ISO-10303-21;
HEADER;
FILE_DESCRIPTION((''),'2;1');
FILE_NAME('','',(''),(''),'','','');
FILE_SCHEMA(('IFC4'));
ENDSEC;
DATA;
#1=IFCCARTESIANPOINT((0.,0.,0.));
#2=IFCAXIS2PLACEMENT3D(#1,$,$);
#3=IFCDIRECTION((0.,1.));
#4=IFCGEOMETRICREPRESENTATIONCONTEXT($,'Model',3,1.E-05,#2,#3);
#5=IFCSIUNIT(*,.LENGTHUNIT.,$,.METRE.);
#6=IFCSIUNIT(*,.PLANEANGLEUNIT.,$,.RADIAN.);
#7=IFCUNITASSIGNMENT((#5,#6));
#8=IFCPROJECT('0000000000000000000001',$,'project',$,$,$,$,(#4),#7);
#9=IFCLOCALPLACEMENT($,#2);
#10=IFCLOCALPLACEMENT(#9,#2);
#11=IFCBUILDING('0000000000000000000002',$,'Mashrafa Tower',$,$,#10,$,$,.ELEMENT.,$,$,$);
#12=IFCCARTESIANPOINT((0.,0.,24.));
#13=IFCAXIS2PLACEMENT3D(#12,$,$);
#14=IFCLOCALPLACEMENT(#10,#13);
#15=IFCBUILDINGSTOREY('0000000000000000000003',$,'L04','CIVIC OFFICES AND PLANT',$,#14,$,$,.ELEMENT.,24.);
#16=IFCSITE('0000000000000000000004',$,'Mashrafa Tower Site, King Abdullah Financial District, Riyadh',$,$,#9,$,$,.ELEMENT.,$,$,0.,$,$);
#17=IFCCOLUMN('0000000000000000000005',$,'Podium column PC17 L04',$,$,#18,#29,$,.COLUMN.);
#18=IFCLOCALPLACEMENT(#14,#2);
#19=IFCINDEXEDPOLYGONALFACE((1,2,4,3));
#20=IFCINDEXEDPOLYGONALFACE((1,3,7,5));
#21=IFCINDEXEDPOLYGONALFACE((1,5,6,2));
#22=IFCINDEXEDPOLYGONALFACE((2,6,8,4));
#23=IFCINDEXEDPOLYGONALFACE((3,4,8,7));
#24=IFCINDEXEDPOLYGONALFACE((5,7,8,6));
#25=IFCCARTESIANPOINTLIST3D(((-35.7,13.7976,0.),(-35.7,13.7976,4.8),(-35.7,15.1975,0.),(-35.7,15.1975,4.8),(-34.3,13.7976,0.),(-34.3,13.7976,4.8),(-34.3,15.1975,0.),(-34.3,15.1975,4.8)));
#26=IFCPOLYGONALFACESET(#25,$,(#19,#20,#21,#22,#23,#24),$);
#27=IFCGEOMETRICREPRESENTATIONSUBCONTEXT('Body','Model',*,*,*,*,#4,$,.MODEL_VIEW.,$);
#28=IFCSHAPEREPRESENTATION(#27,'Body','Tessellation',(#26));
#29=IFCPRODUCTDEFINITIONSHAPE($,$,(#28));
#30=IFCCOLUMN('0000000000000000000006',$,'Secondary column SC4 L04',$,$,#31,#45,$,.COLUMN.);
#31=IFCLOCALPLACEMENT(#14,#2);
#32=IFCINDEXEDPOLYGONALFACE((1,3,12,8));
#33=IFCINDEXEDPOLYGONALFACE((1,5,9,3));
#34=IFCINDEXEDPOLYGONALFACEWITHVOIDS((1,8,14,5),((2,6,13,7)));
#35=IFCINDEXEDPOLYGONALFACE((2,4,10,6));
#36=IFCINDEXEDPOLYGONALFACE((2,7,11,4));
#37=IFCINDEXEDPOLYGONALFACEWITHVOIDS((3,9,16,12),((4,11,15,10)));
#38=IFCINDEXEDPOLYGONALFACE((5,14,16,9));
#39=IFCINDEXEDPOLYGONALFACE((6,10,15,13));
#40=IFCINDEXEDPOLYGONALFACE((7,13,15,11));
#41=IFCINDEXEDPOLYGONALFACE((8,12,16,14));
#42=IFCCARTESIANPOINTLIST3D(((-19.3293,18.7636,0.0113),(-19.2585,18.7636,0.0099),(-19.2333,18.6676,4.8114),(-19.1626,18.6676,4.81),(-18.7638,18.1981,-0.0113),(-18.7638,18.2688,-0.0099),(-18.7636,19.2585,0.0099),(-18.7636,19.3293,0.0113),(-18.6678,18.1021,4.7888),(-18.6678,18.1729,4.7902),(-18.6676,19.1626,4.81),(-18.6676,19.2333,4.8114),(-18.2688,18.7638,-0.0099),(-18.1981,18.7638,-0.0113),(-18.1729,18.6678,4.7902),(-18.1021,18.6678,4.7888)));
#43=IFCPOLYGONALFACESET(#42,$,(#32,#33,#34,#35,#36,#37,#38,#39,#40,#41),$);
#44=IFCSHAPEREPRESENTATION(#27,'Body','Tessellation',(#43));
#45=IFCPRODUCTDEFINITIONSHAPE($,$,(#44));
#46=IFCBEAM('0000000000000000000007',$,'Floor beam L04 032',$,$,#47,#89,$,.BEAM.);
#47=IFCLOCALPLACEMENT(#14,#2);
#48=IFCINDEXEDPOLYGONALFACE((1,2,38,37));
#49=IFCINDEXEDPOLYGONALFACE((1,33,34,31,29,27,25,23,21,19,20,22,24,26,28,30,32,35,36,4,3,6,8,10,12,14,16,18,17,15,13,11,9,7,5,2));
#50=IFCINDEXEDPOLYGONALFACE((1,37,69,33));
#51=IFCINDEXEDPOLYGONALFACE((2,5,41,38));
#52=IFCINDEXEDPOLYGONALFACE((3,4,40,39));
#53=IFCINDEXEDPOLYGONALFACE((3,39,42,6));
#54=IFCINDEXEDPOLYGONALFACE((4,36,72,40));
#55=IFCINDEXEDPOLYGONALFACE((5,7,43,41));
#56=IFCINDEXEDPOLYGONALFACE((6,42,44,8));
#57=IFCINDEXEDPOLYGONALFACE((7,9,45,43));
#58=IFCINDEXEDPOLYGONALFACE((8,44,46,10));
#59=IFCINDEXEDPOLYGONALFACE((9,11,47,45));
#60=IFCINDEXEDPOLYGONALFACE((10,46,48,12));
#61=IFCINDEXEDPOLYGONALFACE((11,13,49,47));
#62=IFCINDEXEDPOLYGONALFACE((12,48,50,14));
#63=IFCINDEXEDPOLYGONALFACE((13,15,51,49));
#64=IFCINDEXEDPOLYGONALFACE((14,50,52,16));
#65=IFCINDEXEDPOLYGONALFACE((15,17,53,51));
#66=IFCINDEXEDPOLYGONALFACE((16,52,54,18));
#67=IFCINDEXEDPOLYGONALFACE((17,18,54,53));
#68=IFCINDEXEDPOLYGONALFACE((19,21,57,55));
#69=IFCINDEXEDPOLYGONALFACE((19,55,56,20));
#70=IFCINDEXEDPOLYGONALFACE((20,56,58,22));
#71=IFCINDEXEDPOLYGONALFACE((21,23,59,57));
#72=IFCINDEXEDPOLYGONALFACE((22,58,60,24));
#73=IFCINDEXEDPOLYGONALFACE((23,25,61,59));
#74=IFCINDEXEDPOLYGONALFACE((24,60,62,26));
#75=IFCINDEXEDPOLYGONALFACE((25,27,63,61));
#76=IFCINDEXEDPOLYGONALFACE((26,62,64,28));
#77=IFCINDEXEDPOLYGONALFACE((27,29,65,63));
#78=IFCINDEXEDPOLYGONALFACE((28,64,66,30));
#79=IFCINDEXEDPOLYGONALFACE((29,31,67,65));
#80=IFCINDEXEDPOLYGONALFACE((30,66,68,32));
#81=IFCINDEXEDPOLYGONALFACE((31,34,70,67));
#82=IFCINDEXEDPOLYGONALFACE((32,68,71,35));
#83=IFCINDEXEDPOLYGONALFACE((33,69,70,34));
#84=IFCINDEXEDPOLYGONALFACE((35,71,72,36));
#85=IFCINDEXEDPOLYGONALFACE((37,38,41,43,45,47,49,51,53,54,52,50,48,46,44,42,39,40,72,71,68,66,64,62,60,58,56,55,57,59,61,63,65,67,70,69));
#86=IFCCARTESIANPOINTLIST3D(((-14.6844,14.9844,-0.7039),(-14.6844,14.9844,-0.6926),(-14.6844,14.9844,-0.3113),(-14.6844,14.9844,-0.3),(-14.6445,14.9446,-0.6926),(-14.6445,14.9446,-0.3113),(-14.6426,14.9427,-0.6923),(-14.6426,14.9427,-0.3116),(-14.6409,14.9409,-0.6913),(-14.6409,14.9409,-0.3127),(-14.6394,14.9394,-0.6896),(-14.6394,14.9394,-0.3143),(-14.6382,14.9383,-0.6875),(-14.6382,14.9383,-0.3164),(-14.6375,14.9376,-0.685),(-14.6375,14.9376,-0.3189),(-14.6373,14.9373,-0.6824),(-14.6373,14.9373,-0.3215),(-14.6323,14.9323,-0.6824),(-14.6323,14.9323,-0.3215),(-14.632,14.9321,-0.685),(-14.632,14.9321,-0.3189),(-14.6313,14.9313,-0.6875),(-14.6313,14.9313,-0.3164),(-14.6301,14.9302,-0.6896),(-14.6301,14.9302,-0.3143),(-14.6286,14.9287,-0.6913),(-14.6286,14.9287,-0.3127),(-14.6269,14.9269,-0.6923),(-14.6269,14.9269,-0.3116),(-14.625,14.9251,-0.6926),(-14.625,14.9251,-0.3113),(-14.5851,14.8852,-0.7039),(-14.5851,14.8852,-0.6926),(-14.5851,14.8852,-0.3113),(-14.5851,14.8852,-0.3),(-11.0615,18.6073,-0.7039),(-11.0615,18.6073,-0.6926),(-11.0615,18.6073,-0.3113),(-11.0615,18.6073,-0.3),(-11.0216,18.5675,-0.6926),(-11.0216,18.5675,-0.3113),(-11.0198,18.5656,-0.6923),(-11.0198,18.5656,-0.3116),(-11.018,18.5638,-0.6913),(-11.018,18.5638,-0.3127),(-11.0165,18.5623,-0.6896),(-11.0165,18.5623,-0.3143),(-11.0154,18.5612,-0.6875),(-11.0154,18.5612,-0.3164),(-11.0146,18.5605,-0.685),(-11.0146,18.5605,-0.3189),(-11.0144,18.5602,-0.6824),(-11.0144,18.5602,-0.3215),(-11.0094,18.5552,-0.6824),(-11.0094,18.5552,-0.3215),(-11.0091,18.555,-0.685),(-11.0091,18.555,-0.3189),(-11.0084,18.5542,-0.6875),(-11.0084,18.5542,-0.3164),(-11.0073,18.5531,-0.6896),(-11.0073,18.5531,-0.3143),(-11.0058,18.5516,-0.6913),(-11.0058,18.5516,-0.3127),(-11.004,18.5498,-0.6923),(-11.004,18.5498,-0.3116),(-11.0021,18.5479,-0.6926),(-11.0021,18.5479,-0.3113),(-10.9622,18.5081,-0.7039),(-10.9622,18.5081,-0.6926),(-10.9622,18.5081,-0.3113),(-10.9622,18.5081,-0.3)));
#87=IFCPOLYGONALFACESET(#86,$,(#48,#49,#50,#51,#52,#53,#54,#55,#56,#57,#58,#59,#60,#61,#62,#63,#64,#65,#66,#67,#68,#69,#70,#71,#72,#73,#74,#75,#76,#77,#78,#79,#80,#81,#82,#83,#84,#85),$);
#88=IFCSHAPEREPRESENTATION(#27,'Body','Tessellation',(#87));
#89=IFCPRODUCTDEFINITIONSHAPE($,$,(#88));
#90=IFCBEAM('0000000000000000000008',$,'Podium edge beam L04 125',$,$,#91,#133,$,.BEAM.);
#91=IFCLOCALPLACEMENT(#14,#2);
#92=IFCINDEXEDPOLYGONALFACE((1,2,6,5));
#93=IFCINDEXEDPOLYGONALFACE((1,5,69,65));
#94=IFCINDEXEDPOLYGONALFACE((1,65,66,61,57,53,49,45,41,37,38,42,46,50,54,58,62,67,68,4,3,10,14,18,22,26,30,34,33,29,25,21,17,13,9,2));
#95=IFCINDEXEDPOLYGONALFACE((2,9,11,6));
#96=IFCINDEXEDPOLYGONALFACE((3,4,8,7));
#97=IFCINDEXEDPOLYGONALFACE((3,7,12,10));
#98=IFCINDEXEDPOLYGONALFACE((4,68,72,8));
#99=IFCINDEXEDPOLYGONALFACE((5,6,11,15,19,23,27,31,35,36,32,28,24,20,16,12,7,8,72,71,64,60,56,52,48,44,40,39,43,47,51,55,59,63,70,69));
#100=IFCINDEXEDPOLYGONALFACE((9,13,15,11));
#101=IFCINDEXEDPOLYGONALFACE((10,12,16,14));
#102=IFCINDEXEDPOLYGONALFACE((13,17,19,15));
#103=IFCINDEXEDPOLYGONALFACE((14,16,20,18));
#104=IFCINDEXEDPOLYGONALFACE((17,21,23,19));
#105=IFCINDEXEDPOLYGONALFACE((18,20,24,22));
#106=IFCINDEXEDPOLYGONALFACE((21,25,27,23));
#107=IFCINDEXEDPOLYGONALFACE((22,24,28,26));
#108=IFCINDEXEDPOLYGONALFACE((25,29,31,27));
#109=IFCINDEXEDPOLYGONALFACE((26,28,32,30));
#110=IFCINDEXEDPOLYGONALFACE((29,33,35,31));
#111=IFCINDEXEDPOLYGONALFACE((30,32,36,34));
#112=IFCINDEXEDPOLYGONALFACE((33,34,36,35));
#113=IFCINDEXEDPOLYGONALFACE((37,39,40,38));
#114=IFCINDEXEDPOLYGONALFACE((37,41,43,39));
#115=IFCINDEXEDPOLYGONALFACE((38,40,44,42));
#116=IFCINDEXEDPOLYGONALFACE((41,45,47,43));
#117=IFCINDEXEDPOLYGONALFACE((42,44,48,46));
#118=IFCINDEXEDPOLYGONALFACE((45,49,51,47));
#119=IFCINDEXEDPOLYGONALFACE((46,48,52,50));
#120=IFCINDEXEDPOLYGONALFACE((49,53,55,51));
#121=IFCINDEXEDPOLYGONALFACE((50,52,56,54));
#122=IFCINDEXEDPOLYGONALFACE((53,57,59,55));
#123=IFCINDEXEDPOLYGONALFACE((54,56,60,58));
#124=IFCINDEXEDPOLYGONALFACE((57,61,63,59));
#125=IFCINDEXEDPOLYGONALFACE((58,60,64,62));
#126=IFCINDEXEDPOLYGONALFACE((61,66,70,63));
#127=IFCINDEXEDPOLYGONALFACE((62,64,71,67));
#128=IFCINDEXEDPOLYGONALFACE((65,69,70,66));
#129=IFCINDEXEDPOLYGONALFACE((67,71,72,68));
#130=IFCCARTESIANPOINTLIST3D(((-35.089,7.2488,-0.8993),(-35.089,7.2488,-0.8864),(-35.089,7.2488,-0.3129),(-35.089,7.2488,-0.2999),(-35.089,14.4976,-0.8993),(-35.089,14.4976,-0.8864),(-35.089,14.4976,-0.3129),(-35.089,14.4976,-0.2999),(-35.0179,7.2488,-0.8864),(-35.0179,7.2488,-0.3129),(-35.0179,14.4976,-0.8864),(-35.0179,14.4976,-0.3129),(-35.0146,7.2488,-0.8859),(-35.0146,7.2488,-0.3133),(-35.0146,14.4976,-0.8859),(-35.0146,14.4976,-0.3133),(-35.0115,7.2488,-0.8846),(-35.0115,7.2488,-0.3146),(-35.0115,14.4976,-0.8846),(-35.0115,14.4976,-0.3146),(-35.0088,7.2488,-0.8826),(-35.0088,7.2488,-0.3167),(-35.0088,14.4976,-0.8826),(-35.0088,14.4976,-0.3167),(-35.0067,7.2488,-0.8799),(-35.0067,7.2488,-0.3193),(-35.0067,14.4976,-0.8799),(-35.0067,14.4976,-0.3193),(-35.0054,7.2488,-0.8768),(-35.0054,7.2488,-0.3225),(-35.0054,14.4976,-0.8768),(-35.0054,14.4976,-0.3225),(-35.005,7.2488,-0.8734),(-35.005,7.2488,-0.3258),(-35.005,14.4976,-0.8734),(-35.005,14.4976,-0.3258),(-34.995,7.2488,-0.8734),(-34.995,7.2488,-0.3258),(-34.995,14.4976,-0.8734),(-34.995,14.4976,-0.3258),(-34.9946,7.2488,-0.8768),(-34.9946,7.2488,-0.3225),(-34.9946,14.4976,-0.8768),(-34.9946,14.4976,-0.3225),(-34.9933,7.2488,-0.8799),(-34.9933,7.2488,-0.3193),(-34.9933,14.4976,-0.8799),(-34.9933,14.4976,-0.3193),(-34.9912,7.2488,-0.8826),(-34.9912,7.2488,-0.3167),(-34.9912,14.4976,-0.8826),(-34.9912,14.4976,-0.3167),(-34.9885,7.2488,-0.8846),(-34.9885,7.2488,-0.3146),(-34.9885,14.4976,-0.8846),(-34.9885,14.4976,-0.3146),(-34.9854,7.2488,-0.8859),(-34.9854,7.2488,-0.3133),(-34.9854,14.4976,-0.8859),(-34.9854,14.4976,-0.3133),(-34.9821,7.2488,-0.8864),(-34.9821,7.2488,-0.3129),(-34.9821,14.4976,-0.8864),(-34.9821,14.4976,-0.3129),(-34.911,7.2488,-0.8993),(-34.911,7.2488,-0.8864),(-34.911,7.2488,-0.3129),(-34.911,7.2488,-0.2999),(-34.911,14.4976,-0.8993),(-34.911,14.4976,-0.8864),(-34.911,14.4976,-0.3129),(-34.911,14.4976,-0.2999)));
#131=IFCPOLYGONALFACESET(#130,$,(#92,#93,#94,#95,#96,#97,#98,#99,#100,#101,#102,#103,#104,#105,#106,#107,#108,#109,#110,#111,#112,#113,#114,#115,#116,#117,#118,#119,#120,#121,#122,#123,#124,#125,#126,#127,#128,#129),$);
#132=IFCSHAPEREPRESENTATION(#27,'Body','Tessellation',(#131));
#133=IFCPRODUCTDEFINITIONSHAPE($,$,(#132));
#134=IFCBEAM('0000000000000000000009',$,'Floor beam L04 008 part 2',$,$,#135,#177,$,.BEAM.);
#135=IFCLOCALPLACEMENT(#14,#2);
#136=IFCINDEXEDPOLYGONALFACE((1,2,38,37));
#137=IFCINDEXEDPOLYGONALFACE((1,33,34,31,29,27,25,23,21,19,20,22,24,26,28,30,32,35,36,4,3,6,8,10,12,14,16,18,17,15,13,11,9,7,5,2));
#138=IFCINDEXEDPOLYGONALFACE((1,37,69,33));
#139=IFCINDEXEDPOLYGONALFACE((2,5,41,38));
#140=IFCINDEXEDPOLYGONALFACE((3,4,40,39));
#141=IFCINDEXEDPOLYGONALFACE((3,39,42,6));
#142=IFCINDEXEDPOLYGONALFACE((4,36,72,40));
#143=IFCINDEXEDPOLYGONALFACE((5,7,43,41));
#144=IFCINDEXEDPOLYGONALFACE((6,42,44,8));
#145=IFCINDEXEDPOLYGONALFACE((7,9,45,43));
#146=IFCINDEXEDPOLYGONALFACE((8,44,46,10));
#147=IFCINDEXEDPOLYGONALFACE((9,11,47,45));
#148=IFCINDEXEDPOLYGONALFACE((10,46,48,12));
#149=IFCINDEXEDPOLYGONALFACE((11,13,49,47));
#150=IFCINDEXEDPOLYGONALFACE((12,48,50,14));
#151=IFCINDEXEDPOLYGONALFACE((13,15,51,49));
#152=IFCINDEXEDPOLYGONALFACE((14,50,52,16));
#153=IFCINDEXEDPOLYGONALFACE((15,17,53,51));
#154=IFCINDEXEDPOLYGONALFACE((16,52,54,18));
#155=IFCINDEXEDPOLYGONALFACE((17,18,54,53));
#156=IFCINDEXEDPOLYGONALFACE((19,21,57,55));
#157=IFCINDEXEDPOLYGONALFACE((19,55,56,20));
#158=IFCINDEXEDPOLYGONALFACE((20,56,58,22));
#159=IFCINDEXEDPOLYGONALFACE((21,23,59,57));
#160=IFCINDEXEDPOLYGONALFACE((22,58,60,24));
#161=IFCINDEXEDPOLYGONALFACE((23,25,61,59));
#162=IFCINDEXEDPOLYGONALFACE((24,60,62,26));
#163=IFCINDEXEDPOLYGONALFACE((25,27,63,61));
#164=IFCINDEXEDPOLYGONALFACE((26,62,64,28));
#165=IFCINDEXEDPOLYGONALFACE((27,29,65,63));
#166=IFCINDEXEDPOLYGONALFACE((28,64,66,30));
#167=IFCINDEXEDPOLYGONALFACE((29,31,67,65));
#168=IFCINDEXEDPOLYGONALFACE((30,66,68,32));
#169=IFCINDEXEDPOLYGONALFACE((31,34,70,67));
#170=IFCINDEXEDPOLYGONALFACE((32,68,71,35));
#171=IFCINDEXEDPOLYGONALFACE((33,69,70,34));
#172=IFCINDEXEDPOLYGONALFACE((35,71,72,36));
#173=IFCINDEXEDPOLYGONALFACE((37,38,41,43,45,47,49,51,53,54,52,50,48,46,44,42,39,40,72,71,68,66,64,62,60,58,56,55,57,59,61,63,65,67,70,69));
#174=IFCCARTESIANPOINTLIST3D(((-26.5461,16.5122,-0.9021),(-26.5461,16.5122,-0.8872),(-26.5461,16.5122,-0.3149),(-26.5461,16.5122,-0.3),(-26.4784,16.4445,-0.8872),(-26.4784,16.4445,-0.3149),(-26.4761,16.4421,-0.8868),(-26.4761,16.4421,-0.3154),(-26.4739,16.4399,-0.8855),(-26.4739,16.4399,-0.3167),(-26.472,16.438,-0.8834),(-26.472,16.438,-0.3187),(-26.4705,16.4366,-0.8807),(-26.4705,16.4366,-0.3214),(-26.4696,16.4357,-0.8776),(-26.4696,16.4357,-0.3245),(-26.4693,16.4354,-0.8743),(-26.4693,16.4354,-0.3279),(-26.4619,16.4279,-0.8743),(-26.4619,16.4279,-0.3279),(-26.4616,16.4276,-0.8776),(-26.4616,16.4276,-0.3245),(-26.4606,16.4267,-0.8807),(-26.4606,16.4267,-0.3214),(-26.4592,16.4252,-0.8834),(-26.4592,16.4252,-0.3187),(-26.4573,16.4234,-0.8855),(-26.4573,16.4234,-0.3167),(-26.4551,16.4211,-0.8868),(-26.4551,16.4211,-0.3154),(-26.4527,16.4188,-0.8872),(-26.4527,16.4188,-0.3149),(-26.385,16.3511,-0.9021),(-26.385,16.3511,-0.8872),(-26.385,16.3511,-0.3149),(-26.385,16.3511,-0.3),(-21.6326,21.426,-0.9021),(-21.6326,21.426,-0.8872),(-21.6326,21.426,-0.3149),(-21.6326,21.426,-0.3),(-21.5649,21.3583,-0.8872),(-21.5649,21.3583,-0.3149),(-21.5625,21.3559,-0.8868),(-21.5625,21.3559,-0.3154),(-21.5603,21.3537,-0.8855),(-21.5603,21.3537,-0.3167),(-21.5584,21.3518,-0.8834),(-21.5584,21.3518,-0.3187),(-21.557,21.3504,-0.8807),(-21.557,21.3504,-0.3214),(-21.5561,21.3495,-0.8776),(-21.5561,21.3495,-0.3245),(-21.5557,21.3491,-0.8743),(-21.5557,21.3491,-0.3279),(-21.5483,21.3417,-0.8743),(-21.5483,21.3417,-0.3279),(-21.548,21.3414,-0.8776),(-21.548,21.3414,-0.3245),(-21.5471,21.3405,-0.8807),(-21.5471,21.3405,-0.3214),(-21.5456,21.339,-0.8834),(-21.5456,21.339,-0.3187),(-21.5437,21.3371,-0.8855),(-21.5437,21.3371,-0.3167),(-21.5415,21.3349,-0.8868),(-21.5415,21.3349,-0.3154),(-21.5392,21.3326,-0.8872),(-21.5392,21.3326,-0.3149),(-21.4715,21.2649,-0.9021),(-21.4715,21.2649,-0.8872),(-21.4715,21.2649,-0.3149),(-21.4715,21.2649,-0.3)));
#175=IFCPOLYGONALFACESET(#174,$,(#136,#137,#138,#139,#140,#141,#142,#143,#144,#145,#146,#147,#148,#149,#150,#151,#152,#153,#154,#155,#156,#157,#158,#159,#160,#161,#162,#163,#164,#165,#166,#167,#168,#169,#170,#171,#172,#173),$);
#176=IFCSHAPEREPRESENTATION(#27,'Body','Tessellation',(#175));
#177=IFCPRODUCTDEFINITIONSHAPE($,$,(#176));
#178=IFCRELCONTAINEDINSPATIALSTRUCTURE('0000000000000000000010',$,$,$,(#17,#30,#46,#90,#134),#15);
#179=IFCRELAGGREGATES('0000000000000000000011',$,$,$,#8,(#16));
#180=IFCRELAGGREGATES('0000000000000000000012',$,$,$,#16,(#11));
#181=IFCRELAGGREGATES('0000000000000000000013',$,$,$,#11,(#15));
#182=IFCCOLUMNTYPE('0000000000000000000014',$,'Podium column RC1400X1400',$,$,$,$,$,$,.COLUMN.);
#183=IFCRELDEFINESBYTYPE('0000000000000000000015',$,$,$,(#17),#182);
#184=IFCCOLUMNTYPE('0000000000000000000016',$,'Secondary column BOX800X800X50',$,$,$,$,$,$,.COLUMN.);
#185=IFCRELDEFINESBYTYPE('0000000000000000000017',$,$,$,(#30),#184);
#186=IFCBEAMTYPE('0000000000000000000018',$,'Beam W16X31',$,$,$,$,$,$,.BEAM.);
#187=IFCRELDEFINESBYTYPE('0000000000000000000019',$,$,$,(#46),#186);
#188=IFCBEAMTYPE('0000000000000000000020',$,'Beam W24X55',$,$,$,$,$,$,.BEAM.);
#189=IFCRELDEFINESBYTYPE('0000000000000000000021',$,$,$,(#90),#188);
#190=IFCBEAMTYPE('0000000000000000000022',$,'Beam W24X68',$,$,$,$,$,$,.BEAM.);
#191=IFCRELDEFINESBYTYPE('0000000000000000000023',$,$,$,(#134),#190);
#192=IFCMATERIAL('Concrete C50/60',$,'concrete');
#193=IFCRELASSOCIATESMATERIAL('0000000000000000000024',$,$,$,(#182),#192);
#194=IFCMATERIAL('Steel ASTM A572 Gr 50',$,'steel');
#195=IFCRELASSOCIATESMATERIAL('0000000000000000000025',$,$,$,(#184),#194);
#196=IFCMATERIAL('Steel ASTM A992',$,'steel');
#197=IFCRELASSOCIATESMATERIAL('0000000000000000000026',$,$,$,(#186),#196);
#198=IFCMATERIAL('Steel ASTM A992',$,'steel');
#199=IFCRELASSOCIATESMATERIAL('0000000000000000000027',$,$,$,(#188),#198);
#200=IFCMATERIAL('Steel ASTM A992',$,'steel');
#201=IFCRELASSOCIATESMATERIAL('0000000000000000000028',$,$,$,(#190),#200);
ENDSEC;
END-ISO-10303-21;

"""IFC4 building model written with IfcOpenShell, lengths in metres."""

from ifc_helpers import new_model, si_unit, direction, frame, origin, origin_2d, place, context, subcontext, project, spatial, rectangle, hollow_rectangle, i_section, extrude, material, material_profile, profile_set, type_object, element, save


model = new_model("IFC4")

# Units and contexts
model_context = context("Model", 3, precision=1e-05, world=origin(), true_north=direction((0.0, 1.0)))
body_context = subcontext(model_context, "Body", "Model", "MODEL_VIEW")
ifc_project = project(units=[si_unit("LENGTHUNIT", "METRE"), si_unit("PLANEANGLEUNIT", "RADIAN")], contexts=[model_context])

# Site, building, storey
site_placement = place(None, origin())
site = spatial("IfcSite", under=ifc_project, at=site_placement, Name="Mashrafa Tower Site, King Abdullah Financial District, Riyadh", CompositionType="ELEMENT", RefElevation=0.0)
building_placement = place(site_placement, origin())
building = spatial("IfcBuilding", under=site, at=building_placement, Name="Mashrafa Tower", CompositionType="ELEMENT")
storey_placement = place(building_placement, frame((0.0, 0.0, 24.0)))
storey = spatial("IfcBuildingStorey", under=building, at=storey_placement, Name="L04", Description="CIVIC OFFICES AND PLANT", CompositionType="ELEMENT", Elevation=24.0)

# Columns
ifc_material_1 = material(Name="Concrete C50/60", Category="concrete")
ifc_material_profile_1 = material_profile(ifc_material_1, rectangle(XDim=1.3999, YDim=1.3999, at=origin_2d()), Name="RC1400X1400")
ifc_profile_set_1 = profile_set([ifc_material_profile_1], Name="Concrete C50/60")
column_type_1 = type_object("IfcColumnType", Name="Podium column RC1400X1400", PredefinedType="COLUMN", material=ifc_profile_set_1)
column_1_placement = place(storey_placement, frame((-35.0, 14.4976, 0.0), z_axis=(0.0, 0.0, 1.0), x_axis=(1.0, 0.0, 0.0)))
element("IfcColumn", 1, at=column_1_placement, inside=storey, type_object=column_type_1, Name="Podium column PC17 L04", PredefinedType="COLUMN", context=body_context, shape_type="SweptSolid", body=[
    extrude(rectangle(XDim=1.3999, YDim=1.3999, at=origin_2d()), origin(), (0.0, 0.0, 1.0), 4.8),
])
ifc_material_2 = material(Name="Steel ASTM A572 Gr 50", Category="steel")
ifc_material_profile_2 = material_profile(ifc_material_2, hollow_rectangle(XDim=0.8, YDim=0.8, WallThickness=0.05, at=origin_2d()), Name="BOX800X800X50")
ifc_profile_set_2 = profile_set([ifc_material_profile_2], Name="Steel ASTM A572 Gr 50")
column_type_2 = type_object("IfcColumnType", Name="Secondary column BOX800X800X50", PredefinedType="COLUMN", material=ifc_profile_set_2)
column_2_placement = place(storey_placement, frame((-18.7637, 18.7637, 0.0), z_axis=(0.019981, -0.019981, 0.999601), x_axis=(0.707107, 0.707107, 0.0)))
element("IfcColumn", 2, at=column_2_placement, inside=storey, type_object=column_type_2, Name="Secondary column SC4 L04", PredefinedType="COLUMN", context=body_context, shape_type="SweptSolid", body=[
    extrude(hollow_rectangle(XDim=0.8, YDim=0.8, WallThickness=0.05, at=origin_2d()), origin(), (0.0, 0.0, 1.0), 4.802),
])

# Beams
ifc_material_3 = material(Name="Steel ASTM A992", Category="steel")
ifc_material_profile_3 = material_profile(ifc_material_3, i_section(OverallWidth=0.1404, OverallDepth=0.4038, WebThickness=0.0071, FlangeThickness=0.0112, FilletRadius=0.0103, at=origin_2d()), Name="W16X31")
ifc_profile_set_3 = profile_set([ifc_material_profile_3], Name="Steel ASTM A992")
beam_type_1 = type_object("IfcBeamType", Name="Beam W16X31", PredefinedType="BEAM", material=ifc_profile_set_3)
beam_1_placement = place(storey_placement, frame((-14.6348, 14.9348, -0.502), z_axis=(0.707107, 0.707107, 0.0), x_axis=(-0.707107, 0.707107, 0.0)))
element("IfcBeam", 3, at=beam_1_placement, inside=storey, type_object=beam_type_1, Name="Floor beam L04 032", PredefinedType="BEAM", context=body_context, shape_type="SweptSolid", body=[
    extrude(i_section(OverallWidth=0.1404, OverallDepth=0.4038, WebThickness=0.0071, FlangeThickness=0.0112, FilletRadius=0.0103, at=origin_2d()), origin(), (0.0, 0.0, 1.0), 5.1235),
])
ifc_material_4 = material(Name="Steel ASTM A992", Category="steel")
ifc_material_profile_4 = material_profile(ifc_material_4, i_section(OverallWidth=0.178, OverallDepth=0.5994, WebThickness=0.01, FlangeThickness=0.0129, FilletRadius=0.0129, at=origin_2d()), Name="W24X55")
ifc_profile_set_4 = profile_set([ifc_material_profile_4], Name="Steel ASTM A992")
beam_type_2 = type_object("IfcBeamType", Name="Beam W24X55", PredefinedType="BEAM", material=ifc_profile_set_4)
beam_2_placement = place(storey_placement, frame((-35.0, 14.4976, -0.5996), z_axis=(0.0, -1.0, 0.0), x_axis=(1.0, 0.0, 0.0)))
element("IfcBeam", 4, at=beam_2_placement, inside=storey, type_object=beam_type_2, Name="Podium edge beam L04 125", PredefinedType="BEAM", context=body_context, shape_type="SweptSolid", body=[
    extrude(i_section(OverallWidth=0.178, OverallDepth=0.5994, WebThickness=0.01, FlangeThickness=0.0129, FilletRadius=0.0129, at=origin_2d()), origin(), (0.0, 0.0, 1.0), 7.2488),
])
ifc_material_5 = material(Name="Steel ASTM A992", Category="steel")
ifc_material_profile_5 = material_profile(ifc_material_5, i_section(OverallWidth=0.2278, OverallDepth=0.6021, WebThickness=0.0105, FlangeThickness=0.0149, FilletRadius=0.0129, at=origin_2d()), Name="W24X68")
ifc_profile_set_5 = profile_set([ifc_material_profile_5], Name="Steel ASTM A992")
beam_type_3 = type_object("IfcBeamType", Name="Beam W24X68", PredefinedType="BEAM", material=ifc_profile_set_5)
beam_3_placement = place(storey_placement, frame((-26.4656, 16.4316, -0.6011), z_axis=(0.707089, 0.707124, 0.0), x_axis=(-0.707124, 0.707089, 0.0)))
element("IfcBeam", 5, at=beam_3_placement, inside=storey, type_object=beam_type_3, Name="Floor beam L04 008 part 2", PredefinedType="BEAM", context=body_context, shape_type="SweptSolid", body=[
    extrude(i_section(OverallWidth=0.2278, OverallDepth=0.6021, WebThickness=0.0105, FlangeThickness=0.0149, FilletRadius=0.0129, at=origin_2d()), origin(), (0.0, 0.0, 1.0), 6.949),
])

save(model, "model.ifc")
